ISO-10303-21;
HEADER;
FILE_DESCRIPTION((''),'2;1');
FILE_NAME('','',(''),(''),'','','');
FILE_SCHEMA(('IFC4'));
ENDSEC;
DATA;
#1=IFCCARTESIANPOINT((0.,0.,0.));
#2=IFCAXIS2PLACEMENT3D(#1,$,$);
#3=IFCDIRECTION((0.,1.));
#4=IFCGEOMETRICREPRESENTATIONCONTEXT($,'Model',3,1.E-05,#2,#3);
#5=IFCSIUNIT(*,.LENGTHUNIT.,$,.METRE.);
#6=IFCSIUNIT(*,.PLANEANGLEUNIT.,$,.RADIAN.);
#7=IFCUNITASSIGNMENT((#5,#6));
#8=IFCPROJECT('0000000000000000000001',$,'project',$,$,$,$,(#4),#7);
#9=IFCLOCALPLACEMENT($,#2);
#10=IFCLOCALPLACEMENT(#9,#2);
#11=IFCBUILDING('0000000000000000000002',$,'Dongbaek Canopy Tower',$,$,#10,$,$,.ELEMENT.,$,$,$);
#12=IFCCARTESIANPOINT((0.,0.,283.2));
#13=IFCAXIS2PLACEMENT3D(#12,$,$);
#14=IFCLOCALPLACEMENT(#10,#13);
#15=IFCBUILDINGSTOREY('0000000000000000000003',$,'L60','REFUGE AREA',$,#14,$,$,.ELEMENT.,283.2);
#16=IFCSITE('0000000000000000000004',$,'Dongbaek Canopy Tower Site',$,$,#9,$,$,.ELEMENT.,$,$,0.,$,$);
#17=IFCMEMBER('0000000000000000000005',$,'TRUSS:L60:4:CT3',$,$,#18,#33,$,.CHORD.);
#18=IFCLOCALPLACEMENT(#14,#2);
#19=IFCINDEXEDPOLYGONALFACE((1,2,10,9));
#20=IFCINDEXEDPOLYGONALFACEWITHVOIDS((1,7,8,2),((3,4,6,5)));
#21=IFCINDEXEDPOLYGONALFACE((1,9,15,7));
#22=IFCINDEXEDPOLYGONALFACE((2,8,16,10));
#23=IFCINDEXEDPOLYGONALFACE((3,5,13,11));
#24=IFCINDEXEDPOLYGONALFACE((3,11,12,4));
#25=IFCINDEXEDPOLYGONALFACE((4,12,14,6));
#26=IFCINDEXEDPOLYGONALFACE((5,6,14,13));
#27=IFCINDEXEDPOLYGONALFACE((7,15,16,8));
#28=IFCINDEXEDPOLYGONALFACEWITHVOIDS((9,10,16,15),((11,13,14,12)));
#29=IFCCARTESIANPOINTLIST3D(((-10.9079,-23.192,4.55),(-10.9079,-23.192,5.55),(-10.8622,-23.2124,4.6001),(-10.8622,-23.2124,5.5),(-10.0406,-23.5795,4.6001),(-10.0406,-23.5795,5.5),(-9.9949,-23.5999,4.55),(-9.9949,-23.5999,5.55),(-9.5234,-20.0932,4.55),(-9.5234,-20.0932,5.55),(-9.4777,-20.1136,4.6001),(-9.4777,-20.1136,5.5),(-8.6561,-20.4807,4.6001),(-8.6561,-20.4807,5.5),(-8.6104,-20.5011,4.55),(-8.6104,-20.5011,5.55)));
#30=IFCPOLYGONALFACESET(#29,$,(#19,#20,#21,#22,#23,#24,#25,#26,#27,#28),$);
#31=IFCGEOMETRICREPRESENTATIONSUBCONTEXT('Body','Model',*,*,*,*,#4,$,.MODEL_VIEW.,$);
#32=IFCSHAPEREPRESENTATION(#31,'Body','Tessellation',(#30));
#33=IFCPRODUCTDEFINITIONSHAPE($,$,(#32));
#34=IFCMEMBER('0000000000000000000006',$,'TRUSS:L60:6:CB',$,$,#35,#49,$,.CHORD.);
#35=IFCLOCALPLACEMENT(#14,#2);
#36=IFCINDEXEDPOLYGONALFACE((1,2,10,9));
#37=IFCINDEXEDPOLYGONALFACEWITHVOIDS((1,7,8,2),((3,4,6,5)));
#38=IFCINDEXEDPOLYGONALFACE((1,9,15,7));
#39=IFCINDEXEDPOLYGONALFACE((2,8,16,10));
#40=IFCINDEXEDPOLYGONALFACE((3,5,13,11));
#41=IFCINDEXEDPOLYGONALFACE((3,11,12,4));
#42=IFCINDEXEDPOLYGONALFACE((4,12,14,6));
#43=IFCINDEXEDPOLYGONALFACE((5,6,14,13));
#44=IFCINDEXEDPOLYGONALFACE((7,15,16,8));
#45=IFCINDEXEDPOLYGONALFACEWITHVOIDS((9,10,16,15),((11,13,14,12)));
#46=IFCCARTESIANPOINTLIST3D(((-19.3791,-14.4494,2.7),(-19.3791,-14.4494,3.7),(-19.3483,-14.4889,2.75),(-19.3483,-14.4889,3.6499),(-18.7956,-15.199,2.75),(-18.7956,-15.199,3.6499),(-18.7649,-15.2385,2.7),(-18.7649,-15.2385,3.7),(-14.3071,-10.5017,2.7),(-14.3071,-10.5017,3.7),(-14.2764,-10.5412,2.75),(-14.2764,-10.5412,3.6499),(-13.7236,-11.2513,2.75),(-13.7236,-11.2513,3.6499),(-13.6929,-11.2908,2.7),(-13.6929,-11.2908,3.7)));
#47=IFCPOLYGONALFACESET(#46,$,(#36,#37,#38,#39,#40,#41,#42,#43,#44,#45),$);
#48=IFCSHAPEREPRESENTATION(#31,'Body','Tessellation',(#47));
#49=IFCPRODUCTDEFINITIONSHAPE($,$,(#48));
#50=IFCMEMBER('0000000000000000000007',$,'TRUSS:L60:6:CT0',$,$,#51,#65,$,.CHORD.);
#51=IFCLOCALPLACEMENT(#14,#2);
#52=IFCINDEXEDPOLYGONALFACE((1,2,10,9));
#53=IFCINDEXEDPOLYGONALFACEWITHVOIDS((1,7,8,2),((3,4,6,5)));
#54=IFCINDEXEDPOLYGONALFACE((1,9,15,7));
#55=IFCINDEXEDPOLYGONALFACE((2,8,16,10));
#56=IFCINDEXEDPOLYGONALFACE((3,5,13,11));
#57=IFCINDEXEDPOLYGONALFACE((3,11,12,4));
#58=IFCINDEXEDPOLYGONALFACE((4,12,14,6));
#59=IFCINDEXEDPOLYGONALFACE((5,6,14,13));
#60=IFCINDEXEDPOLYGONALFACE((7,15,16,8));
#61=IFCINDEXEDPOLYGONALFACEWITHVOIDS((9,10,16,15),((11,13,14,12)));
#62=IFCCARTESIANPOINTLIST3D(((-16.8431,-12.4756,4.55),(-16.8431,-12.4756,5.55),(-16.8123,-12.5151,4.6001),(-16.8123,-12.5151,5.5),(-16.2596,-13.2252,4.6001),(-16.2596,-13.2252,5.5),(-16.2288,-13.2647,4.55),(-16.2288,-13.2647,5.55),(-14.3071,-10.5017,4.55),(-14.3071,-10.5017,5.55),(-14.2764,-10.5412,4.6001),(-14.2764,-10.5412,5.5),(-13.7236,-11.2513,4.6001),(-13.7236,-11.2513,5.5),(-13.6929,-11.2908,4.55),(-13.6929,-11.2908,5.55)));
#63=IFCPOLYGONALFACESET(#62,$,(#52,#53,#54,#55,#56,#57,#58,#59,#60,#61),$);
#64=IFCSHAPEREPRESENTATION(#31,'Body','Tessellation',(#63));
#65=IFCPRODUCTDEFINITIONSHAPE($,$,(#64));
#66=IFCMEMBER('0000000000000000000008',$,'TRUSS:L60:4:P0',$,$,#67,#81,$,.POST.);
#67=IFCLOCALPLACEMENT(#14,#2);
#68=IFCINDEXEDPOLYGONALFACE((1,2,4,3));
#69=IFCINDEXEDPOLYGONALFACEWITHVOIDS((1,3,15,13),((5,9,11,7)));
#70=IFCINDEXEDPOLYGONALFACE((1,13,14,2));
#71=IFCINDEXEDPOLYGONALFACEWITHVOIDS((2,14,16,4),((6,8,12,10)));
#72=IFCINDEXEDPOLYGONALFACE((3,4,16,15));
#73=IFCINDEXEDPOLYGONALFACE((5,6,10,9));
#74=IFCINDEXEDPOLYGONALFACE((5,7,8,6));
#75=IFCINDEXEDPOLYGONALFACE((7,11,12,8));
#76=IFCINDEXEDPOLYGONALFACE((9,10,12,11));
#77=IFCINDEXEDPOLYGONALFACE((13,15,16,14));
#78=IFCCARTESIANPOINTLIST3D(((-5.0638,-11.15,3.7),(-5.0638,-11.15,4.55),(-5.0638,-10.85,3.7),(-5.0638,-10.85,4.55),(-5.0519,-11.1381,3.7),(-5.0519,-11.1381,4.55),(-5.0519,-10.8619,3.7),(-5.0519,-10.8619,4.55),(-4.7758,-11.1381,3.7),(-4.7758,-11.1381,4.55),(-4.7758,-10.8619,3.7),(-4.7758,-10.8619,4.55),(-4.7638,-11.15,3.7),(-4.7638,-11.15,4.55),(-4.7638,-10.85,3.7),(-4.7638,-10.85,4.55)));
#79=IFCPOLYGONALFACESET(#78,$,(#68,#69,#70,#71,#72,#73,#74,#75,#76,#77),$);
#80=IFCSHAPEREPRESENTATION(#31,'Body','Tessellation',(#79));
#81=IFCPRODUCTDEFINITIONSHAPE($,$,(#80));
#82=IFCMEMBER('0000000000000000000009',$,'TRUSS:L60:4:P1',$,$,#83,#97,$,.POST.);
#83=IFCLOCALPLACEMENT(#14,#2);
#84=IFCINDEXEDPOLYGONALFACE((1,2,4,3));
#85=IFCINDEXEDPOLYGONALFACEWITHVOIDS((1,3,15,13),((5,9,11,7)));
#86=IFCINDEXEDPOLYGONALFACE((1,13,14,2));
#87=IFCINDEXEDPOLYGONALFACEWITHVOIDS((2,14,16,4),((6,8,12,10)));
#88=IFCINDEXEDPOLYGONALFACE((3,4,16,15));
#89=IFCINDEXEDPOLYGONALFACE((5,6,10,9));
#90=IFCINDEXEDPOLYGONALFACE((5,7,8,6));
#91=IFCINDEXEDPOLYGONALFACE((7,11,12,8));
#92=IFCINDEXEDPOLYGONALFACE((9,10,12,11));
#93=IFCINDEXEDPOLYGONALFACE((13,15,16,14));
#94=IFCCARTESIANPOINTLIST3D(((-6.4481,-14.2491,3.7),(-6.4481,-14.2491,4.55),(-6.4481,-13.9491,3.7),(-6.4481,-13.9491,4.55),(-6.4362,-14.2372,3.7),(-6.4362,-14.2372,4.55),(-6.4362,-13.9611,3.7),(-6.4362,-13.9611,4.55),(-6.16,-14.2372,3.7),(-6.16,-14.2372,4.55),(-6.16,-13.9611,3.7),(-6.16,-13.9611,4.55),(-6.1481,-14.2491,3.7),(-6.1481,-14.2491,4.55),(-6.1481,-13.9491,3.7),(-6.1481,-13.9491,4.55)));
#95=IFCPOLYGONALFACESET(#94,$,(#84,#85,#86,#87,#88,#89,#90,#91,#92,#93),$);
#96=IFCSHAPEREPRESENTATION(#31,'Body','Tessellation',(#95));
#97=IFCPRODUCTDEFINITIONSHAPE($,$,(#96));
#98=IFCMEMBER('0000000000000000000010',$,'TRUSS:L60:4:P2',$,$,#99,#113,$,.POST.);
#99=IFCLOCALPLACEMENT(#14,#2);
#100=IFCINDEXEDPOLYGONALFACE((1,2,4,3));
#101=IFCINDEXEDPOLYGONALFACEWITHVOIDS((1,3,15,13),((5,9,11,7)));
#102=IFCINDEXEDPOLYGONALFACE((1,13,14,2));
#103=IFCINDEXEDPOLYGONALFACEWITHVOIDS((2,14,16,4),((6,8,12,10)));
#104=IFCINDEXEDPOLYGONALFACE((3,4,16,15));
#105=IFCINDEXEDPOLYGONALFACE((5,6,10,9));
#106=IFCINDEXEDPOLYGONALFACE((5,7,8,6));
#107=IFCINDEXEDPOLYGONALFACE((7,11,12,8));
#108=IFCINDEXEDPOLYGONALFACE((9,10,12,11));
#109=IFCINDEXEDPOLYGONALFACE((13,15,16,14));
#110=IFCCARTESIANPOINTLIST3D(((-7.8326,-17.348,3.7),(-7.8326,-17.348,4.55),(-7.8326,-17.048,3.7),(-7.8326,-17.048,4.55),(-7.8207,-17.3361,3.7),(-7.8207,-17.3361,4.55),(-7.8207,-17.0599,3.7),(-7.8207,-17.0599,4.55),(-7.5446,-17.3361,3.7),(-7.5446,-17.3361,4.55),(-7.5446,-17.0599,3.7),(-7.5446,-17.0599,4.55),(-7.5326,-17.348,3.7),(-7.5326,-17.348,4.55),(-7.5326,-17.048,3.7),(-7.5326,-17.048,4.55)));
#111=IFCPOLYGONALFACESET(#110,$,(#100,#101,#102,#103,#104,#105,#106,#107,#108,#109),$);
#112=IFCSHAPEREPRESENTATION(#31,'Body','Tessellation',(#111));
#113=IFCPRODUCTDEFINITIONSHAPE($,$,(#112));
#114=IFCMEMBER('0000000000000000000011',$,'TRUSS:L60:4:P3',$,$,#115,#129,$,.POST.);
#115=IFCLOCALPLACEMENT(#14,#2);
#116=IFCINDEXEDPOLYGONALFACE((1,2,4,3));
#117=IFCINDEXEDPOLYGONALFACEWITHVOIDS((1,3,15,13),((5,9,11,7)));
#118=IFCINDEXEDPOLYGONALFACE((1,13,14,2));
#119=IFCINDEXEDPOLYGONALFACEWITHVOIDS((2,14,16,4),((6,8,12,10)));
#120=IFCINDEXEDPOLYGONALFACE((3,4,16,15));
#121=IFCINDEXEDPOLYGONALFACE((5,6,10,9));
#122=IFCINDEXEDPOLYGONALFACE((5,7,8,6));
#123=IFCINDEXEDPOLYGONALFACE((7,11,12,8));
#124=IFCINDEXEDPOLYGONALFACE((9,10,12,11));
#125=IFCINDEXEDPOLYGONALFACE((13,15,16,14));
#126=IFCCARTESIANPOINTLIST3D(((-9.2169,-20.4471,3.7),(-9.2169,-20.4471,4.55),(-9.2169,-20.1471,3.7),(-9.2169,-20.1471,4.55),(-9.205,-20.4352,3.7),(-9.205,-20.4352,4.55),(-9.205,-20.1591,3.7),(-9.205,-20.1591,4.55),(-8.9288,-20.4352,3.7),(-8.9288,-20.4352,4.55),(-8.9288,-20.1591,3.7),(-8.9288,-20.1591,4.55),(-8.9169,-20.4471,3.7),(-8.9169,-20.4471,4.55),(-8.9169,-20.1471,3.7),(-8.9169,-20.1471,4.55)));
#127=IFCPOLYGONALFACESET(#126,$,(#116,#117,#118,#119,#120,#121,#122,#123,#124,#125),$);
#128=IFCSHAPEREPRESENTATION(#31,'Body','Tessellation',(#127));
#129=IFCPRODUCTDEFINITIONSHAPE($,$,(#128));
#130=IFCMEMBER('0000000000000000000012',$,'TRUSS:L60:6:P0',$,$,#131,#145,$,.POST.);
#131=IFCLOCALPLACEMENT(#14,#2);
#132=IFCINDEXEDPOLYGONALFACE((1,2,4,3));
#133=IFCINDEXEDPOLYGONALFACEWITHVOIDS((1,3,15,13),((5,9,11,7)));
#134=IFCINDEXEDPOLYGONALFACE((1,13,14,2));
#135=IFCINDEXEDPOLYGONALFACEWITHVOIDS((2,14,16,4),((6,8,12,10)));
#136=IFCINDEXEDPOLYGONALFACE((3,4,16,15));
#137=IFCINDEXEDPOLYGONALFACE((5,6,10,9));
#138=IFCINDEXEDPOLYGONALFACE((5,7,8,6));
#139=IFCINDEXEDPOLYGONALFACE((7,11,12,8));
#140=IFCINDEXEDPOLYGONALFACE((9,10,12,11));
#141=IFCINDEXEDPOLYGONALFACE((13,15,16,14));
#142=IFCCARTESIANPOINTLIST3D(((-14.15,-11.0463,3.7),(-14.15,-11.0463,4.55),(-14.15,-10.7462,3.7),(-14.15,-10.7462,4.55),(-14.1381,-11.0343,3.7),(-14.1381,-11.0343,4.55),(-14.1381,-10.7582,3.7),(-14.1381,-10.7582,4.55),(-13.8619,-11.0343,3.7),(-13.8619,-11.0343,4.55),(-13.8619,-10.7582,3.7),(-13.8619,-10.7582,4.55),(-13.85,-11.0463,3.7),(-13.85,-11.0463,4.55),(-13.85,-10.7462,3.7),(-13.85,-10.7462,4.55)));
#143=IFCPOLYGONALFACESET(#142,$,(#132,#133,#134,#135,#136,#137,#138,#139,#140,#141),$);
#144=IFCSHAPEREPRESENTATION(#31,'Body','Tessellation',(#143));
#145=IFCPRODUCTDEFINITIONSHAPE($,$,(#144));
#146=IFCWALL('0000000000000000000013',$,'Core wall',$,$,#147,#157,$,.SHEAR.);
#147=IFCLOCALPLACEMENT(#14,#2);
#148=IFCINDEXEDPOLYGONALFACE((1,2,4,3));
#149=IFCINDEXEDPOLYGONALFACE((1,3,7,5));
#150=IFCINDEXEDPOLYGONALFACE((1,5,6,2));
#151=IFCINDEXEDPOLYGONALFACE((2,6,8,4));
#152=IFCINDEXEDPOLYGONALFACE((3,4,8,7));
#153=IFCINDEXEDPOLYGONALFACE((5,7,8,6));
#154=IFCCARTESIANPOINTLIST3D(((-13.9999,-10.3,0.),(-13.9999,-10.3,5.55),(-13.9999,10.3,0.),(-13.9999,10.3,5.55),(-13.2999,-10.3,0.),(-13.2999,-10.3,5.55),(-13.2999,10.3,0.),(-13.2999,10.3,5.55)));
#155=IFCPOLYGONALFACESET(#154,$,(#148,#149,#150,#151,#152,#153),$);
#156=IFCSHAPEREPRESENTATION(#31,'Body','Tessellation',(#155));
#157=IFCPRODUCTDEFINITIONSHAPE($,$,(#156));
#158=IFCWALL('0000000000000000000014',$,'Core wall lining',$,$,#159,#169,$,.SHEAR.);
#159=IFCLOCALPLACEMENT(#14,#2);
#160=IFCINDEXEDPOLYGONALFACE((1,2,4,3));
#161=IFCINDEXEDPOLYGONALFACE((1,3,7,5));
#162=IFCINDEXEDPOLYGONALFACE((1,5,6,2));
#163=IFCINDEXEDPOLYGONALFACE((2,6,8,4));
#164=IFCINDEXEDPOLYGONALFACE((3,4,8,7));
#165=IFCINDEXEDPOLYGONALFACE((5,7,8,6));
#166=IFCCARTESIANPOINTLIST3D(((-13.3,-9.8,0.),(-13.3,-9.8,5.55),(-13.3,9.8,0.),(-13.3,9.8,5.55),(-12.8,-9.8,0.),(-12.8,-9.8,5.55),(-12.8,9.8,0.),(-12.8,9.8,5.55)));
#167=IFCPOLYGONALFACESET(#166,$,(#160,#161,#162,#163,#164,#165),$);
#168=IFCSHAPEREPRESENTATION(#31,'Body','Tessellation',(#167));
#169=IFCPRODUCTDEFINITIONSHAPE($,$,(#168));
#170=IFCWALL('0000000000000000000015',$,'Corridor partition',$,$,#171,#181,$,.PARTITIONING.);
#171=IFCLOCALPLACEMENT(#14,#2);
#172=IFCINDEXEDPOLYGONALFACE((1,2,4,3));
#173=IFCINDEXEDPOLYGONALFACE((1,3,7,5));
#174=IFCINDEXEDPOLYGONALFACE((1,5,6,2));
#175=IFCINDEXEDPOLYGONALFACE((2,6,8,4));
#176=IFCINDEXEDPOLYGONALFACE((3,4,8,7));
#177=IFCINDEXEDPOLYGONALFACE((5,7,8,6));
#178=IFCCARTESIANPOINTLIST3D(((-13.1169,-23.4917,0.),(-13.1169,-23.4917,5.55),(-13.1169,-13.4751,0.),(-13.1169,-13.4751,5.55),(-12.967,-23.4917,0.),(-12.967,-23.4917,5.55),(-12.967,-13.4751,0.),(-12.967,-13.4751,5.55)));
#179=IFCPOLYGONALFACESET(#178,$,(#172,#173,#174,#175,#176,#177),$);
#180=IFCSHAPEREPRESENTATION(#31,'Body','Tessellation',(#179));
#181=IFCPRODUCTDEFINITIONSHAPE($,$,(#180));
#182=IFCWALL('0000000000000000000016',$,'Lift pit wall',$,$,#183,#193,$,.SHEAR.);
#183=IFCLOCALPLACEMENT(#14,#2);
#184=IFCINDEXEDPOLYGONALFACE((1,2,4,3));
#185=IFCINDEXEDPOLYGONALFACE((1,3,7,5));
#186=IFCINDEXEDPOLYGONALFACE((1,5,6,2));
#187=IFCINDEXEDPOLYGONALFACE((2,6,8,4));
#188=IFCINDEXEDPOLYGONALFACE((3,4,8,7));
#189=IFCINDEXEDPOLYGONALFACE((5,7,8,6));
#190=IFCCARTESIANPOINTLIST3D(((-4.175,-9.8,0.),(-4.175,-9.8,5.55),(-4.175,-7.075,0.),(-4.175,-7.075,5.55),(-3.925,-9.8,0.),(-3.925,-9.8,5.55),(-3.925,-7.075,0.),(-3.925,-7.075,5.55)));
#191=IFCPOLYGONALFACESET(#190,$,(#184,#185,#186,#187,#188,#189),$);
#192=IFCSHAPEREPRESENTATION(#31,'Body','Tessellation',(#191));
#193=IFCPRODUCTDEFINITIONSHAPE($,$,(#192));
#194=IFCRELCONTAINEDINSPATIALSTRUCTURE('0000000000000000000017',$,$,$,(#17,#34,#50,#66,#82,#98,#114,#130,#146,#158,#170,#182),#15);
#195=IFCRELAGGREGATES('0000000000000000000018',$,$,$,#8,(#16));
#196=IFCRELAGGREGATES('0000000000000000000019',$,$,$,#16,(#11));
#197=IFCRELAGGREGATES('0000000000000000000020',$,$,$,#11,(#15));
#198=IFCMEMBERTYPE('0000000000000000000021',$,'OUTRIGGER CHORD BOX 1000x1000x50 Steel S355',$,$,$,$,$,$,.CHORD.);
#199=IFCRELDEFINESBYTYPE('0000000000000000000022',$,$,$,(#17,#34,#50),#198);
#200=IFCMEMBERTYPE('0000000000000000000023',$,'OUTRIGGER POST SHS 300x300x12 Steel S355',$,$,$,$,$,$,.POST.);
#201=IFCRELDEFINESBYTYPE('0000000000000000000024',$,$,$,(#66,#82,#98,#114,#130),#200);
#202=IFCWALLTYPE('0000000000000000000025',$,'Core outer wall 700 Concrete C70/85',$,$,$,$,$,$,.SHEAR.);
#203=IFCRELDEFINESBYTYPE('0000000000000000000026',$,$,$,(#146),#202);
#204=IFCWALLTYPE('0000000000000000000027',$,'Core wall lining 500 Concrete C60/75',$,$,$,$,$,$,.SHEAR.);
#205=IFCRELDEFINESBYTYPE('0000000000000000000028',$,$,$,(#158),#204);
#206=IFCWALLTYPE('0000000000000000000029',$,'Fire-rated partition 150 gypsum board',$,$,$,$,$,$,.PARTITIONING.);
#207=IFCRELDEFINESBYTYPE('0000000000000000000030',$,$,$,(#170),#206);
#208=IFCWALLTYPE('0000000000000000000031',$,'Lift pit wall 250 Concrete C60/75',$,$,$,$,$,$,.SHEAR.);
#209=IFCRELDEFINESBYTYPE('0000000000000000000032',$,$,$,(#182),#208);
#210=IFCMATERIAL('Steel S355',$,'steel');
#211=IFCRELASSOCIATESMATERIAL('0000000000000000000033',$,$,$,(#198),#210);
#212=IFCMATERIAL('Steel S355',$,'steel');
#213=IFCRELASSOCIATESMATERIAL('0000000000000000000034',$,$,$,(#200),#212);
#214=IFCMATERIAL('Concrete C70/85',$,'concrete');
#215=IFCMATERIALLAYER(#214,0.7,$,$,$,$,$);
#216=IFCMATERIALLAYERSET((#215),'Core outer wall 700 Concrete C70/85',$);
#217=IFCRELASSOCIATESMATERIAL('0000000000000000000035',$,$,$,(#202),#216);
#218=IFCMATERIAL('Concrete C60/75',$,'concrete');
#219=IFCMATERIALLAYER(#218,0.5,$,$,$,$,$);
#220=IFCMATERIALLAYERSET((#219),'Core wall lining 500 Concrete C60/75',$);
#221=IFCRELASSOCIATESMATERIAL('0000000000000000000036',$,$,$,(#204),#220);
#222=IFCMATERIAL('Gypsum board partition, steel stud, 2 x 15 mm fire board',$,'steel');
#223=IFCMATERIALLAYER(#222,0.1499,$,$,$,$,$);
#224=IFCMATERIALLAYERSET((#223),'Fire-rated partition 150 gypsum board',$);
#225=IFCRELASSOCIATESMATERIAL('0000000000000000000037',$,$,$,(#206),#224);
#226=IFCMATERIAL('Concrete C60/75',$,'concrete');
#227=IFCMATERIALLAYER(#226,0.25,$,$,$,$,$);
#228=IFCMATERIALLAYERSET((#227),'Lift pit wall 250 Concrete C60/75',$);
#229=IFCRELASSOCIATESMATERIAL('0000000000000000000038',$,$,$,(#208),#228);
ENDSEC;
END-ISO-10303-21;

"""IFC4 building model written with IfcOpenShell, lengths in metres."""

from ifc_helpers import new_model, si_unit, direction, frame, frame_2d, origin, origin_2d, place, context, subcontext, project, spatial, rectangle, hollow_rectangle, extrude, material, layer, layer_set, material_profile, profile_set, type_object, element, save


model = new_model("IFC4")

# Units and contexts
model_context = context("Model", 3, precision=1e-05, world=origin(), true_north=direction((0.0, 1.0)))
body_context = subcontext(model_context, "Body", "Model", "MODEL_VIEW")
ifc_project = project(units=[si_unit("LENGTHUNIT", "METRE"), si_unit("PLANEANGLEUNIT", "RADIAN")], contexts=[model_context])

# Site, building, storey
site_placement = place(None, origin())
site = spatial("IfcSite", under=ifc_project, at=site_placement, Name="Dongbaek Canopy Tower Site", CompositionType="ELEMENT", RefElevation=0.0)
building_placement = place(site_placement, origin())
building = spatial("IfcBuilding", under=site, at=building_placement, Name="Dongbaek Canopy Tower", CompositionType="ELEMENT")
storey_placement = place(building_placement, frame((0.0, 0.0, 283.2)))
storey = spatial("IfcBuildingStorey", under=building, at=storey_placement, Name="L60", Description="REFUGE AREA", CompositionType="ELEMENT", Elevation=283.2)

# Members
ifc_material_1 = material(Name="Steel S355", Category="steel")
ifc_material_profile_1 = material_profile(ifc_material_1, hollow_rectangle(XDim=1.0, YDim=1.0, WallThickness=0.05, at=origin_2d()), Name="OUTRIGGER CHORD BOX 1000x1000x50 Steel S355")
ifc_profile_set_1 = profile_set([ifc_material_profile_1], Name="Steel S355")
member_type_1 = type_object("IfcMemberType", Name="OUTRIGGER CHORD BOX 1000x1000x50 Steel S355", PredefinedType="CHORD", material=ifc_profile_set_1)
member_1_placement = place(storey_placement, frame((-9.0669, -20.2971, 5.05), z_axis=(-0.40792, -0.913018, 0.0), x_axis=(0.913018, -0.40792, 0.0)))
element("IfcMember", 1, at=member_1_placement, inside=storey, type_object=member_type_1, Name="TRUSS:L60:4:CT3", PredefinedType="CHORD", context=body_context, shape_type="SweptSolid", body=[
    extrude(hollow_rectangle(XDim=1.0, YDim=1.0, WallThickness=0.05, at=origin_2d()), origin(), (0.0, 0.0, 1.0), 3.394),
])
member_2_placement = place(storey_placement, frame((-14.0, -10.8962, 3.2), z_axis=(-0.789137, -0.614217, 0.0), x_axis=(0.614217, -0.789137, 0.0)))
element("IfcMember", 2, at=member_2_placement, inside=storey, type_object=member_type_1, Name="TRUSS:L60:6:CB", PredefinedType="CHORD", context=body_context, shape_type="SweptSolid", body=[
    extrude(hollow_rectangle(XDim=1.0, YDim=1.0, WallThickness=0.05, at=origin_2d()), origin(), (0.0, 0.0, 1.0), 6.4272),
])
member_3_placement = place(storey_placement, frame((-14.0, -10.8962, 5.05), z_axis=(-0.789123, -0.614235, 0.0), x_axis=(0.614235, -0.789123, 0.0)))
element("IfcMember", 3, at=member_3_placement, inside=storey, type_object=member_type_1, Name="TRUSS:L60:6:CT0", PredefinedType="CHORD", context=body_context, shape_type="SweptSolid", body=[
    extrude(hollow_rectangle(XDim=1.0, YDim=1.0, WallThickness=0.05, at=origin_2d()), origin(), (0.0, 0.0, 1.0), 3.2136),
])
ifc_material_2 = material(Name="Steel S355", Category="steel")
ifc_material_profile_2 = material_profile(ifc_material_2, hollow_rectangle(XDim=0.3, YDim=0.3, WallThickness=0.012, at=origin_2d()), Name="OUTRIGGER POST SHS 300x300x12 Steel S355")
ifc_profile_set_2 = profile_set([ifc_material_profile_2], Name="Steel S355")
member_type_2 = type_object("IfcMemberType", Name="OUTRIGGER POST SHS 300x300x12 Steel S355", PredefinedType="POST", material=ifc_profile_set_2)
for number, where, z_axis, x_axis, name in (
    (4, (-4.9138, -11.0, 3.7), (0.0, 0.0, 1.0), (1.0, 0.0, 0.0), "TRUSS:L60:4:P0"),
    (5, (-6.2981, -14.0991, 3.7), (0.0, 0.0, 1.0), (1.0, 0.0, 0.0), "TRUSS:L60:4:P1"),
    (6, (-7.6826, -17.198, 3.7), (0.0, 0.0, 1.0), (1.0, 0.0, 0.0), "TRUSS:L60:4:P2"),
    (7, (-9.0669, -20.2971, 3.7), (0.0, 0.0, 1.0), (1.0, 0.0, 0.0), "TRUSS:L60:4:P3"),
    (8, (-14.0, -10.8962, 3.7), (0.0, 0.0, 1.0), (1.0, 0.0, 0.0), "TRUSS:L60:6:P0"),
):
    element("IfcMember", number, at=place(storey_placement, frame(where, z_axis=z_axis, x_axis=x_axis)), inside=storey, type_object=member_type_2, Name=name, PredefinedType="POST", context=body_context, shape_type="SweptSolid", body=[
        extrude(hollow_rectangle(XDim=0.3, YDim=0.3, WallThickness=0.012, at=origin_2d()), origin(), (0.0, 0.0, 1.0), 0.8501),
    ])

# Walls
ifc_material_3 = material(Name="Concrete C70/85", Category="concrete")
ifc_layer_1 = layer(ifc_material_3, 0.7)
ifc_layer_set_1 = layer_set([ifc_layer_1], Name="Core outer wall 700 Concrete C70/85")
wall_type_1 = type_object("IfcWallType", Name="Core outer wall 700 Concrete C70/85", PredefinedType="SHEAR", material=ifc_layer_set_1)
wall_1_placement = place(storey_placement, frame((-13.6499, -10.3, 0.0), z_axis=(0.0, 0.0, 1.0), x_axis=(0.0, 1.0, 0.0)))
element("IfcWall", 9, at=wall_1_placement, inside=storey, type_object=wall_type_1, Name="Core wall", PredefinedType="SHEAR", context=body_context, shape_type="SweptSolid", body=[
    extrude(rectangle(XDim=20.6001, YDim=0.7, at=frame_2d((10.3, 0.0))), origin(), (0.0, 0.0, 1.0), 5.55),
])
ifc_material_4 = material(Name="Concrete C60/75", Category="concrete")
ifc_layer_2 = layer(ifc_material_4, 0.5)
ifc_layer_set_2 = layer_set([ifc_layer_2], Name="Core wall lining 500 Concrete C60/75")
wall_type_2 = type_object("IfcWallType", Name="Core wall lining 500 Concrete C60/75", PredefinedType="SHEAR", material=ifc_layer_set_2)
wall_2_placement = place(storey_placement, frame((-13.05, -9.8, 0.0), z_axis=(0.0, 0.0, 1.0), x_axis=(0.0, 1.0, 0.0)))
element("IfcWall", 10, at=wall_2_placement, inside=storey, type_object=wall_type_2, Name="Core wall lining", PredefinedType="SHEAR", context=body_context, shape_type="SweptSolid", body=[
    extrude(rectangle(XDim=19.6001, YDim=0.5, at=frame_2d((9.8, 0.0))), origin(), (0.0, 0.0, 1.0), 5.55),
])
ifc_material_5 = material(Name="Gypsum board partition, steel stud, 2 x 15 mm fire board", Category="steel")
ifc_layer_3 = layer(ifc_material_5, 0.1499)
ifc_layer_set_3 = layer_set([ifc_layer_3], Name="Fire-rated partition 150 gypsum board")
wall_type_3 = type_object("IfcWallType", Name="Fire-rated partition 150 gypsum board", PredefinedType="PARTITIONING", material=ifc_layer_set_3)
wall_3_placement = place(storey_placement, frame((-13.042, -23.4917, 0.0), z_axis=(0.0, 0.0, 1.0), x_axis=(0.0, 1.0, 0.0)))
element("IfcWall", 11, at=wall_3_placement, inside=storey, type_object=wall_type_3, Name="Corridor partition", PredefinedType="PARTITIONING", context=body_context, shape_type="SweptSolid", body=[
    extrude(rectangle(XDim=10.0166, YDim=0.1499, at=frame_2d((5.0083, 0.0))), origin(), (0.0, 0.0, 1.0), 5.55),
])
ifc_material_6 = material(Name="Concrete C60/75", Category="concrete")
ifc_layer_4 = layer(ifc_material_6, 0.25)
ifc_layer_set_4 = layer_set([ifc_layer_4], Name="Lift pit wall 250 Concrete C60/75")
wall_type_4 = type_object("IfcWallType", Name="Lift pit wall 250 Concrete C60/75", PredefinedType="SHEAR", material=ifc_layer_set_4)
for number, where, z_axis, x_axis, name in (
    (12, (-4.05, -9.8, 0.0), (0.0, 0.0, 1.0), (0.0, 1.0, 0.0), "Lift pit wall"),
):
    element("IfcWall", number, at=place(storey_placement, frame(where, z_axis=z_axis, x_axis=x_axis)), inside=storey, type_object=wall_type_4, Name=name, PredefinedType="SHEAR", context=body_context, shape_type="SweptSolid", body=[
        extrude(rectangle(XDim=2.7251, YDim=0.25, at=frame_2d((1.3625, 0.0))), origin(), (0.0, 0.0, 1.0), 5.55),
    ])

save(model, "model.ifc")
